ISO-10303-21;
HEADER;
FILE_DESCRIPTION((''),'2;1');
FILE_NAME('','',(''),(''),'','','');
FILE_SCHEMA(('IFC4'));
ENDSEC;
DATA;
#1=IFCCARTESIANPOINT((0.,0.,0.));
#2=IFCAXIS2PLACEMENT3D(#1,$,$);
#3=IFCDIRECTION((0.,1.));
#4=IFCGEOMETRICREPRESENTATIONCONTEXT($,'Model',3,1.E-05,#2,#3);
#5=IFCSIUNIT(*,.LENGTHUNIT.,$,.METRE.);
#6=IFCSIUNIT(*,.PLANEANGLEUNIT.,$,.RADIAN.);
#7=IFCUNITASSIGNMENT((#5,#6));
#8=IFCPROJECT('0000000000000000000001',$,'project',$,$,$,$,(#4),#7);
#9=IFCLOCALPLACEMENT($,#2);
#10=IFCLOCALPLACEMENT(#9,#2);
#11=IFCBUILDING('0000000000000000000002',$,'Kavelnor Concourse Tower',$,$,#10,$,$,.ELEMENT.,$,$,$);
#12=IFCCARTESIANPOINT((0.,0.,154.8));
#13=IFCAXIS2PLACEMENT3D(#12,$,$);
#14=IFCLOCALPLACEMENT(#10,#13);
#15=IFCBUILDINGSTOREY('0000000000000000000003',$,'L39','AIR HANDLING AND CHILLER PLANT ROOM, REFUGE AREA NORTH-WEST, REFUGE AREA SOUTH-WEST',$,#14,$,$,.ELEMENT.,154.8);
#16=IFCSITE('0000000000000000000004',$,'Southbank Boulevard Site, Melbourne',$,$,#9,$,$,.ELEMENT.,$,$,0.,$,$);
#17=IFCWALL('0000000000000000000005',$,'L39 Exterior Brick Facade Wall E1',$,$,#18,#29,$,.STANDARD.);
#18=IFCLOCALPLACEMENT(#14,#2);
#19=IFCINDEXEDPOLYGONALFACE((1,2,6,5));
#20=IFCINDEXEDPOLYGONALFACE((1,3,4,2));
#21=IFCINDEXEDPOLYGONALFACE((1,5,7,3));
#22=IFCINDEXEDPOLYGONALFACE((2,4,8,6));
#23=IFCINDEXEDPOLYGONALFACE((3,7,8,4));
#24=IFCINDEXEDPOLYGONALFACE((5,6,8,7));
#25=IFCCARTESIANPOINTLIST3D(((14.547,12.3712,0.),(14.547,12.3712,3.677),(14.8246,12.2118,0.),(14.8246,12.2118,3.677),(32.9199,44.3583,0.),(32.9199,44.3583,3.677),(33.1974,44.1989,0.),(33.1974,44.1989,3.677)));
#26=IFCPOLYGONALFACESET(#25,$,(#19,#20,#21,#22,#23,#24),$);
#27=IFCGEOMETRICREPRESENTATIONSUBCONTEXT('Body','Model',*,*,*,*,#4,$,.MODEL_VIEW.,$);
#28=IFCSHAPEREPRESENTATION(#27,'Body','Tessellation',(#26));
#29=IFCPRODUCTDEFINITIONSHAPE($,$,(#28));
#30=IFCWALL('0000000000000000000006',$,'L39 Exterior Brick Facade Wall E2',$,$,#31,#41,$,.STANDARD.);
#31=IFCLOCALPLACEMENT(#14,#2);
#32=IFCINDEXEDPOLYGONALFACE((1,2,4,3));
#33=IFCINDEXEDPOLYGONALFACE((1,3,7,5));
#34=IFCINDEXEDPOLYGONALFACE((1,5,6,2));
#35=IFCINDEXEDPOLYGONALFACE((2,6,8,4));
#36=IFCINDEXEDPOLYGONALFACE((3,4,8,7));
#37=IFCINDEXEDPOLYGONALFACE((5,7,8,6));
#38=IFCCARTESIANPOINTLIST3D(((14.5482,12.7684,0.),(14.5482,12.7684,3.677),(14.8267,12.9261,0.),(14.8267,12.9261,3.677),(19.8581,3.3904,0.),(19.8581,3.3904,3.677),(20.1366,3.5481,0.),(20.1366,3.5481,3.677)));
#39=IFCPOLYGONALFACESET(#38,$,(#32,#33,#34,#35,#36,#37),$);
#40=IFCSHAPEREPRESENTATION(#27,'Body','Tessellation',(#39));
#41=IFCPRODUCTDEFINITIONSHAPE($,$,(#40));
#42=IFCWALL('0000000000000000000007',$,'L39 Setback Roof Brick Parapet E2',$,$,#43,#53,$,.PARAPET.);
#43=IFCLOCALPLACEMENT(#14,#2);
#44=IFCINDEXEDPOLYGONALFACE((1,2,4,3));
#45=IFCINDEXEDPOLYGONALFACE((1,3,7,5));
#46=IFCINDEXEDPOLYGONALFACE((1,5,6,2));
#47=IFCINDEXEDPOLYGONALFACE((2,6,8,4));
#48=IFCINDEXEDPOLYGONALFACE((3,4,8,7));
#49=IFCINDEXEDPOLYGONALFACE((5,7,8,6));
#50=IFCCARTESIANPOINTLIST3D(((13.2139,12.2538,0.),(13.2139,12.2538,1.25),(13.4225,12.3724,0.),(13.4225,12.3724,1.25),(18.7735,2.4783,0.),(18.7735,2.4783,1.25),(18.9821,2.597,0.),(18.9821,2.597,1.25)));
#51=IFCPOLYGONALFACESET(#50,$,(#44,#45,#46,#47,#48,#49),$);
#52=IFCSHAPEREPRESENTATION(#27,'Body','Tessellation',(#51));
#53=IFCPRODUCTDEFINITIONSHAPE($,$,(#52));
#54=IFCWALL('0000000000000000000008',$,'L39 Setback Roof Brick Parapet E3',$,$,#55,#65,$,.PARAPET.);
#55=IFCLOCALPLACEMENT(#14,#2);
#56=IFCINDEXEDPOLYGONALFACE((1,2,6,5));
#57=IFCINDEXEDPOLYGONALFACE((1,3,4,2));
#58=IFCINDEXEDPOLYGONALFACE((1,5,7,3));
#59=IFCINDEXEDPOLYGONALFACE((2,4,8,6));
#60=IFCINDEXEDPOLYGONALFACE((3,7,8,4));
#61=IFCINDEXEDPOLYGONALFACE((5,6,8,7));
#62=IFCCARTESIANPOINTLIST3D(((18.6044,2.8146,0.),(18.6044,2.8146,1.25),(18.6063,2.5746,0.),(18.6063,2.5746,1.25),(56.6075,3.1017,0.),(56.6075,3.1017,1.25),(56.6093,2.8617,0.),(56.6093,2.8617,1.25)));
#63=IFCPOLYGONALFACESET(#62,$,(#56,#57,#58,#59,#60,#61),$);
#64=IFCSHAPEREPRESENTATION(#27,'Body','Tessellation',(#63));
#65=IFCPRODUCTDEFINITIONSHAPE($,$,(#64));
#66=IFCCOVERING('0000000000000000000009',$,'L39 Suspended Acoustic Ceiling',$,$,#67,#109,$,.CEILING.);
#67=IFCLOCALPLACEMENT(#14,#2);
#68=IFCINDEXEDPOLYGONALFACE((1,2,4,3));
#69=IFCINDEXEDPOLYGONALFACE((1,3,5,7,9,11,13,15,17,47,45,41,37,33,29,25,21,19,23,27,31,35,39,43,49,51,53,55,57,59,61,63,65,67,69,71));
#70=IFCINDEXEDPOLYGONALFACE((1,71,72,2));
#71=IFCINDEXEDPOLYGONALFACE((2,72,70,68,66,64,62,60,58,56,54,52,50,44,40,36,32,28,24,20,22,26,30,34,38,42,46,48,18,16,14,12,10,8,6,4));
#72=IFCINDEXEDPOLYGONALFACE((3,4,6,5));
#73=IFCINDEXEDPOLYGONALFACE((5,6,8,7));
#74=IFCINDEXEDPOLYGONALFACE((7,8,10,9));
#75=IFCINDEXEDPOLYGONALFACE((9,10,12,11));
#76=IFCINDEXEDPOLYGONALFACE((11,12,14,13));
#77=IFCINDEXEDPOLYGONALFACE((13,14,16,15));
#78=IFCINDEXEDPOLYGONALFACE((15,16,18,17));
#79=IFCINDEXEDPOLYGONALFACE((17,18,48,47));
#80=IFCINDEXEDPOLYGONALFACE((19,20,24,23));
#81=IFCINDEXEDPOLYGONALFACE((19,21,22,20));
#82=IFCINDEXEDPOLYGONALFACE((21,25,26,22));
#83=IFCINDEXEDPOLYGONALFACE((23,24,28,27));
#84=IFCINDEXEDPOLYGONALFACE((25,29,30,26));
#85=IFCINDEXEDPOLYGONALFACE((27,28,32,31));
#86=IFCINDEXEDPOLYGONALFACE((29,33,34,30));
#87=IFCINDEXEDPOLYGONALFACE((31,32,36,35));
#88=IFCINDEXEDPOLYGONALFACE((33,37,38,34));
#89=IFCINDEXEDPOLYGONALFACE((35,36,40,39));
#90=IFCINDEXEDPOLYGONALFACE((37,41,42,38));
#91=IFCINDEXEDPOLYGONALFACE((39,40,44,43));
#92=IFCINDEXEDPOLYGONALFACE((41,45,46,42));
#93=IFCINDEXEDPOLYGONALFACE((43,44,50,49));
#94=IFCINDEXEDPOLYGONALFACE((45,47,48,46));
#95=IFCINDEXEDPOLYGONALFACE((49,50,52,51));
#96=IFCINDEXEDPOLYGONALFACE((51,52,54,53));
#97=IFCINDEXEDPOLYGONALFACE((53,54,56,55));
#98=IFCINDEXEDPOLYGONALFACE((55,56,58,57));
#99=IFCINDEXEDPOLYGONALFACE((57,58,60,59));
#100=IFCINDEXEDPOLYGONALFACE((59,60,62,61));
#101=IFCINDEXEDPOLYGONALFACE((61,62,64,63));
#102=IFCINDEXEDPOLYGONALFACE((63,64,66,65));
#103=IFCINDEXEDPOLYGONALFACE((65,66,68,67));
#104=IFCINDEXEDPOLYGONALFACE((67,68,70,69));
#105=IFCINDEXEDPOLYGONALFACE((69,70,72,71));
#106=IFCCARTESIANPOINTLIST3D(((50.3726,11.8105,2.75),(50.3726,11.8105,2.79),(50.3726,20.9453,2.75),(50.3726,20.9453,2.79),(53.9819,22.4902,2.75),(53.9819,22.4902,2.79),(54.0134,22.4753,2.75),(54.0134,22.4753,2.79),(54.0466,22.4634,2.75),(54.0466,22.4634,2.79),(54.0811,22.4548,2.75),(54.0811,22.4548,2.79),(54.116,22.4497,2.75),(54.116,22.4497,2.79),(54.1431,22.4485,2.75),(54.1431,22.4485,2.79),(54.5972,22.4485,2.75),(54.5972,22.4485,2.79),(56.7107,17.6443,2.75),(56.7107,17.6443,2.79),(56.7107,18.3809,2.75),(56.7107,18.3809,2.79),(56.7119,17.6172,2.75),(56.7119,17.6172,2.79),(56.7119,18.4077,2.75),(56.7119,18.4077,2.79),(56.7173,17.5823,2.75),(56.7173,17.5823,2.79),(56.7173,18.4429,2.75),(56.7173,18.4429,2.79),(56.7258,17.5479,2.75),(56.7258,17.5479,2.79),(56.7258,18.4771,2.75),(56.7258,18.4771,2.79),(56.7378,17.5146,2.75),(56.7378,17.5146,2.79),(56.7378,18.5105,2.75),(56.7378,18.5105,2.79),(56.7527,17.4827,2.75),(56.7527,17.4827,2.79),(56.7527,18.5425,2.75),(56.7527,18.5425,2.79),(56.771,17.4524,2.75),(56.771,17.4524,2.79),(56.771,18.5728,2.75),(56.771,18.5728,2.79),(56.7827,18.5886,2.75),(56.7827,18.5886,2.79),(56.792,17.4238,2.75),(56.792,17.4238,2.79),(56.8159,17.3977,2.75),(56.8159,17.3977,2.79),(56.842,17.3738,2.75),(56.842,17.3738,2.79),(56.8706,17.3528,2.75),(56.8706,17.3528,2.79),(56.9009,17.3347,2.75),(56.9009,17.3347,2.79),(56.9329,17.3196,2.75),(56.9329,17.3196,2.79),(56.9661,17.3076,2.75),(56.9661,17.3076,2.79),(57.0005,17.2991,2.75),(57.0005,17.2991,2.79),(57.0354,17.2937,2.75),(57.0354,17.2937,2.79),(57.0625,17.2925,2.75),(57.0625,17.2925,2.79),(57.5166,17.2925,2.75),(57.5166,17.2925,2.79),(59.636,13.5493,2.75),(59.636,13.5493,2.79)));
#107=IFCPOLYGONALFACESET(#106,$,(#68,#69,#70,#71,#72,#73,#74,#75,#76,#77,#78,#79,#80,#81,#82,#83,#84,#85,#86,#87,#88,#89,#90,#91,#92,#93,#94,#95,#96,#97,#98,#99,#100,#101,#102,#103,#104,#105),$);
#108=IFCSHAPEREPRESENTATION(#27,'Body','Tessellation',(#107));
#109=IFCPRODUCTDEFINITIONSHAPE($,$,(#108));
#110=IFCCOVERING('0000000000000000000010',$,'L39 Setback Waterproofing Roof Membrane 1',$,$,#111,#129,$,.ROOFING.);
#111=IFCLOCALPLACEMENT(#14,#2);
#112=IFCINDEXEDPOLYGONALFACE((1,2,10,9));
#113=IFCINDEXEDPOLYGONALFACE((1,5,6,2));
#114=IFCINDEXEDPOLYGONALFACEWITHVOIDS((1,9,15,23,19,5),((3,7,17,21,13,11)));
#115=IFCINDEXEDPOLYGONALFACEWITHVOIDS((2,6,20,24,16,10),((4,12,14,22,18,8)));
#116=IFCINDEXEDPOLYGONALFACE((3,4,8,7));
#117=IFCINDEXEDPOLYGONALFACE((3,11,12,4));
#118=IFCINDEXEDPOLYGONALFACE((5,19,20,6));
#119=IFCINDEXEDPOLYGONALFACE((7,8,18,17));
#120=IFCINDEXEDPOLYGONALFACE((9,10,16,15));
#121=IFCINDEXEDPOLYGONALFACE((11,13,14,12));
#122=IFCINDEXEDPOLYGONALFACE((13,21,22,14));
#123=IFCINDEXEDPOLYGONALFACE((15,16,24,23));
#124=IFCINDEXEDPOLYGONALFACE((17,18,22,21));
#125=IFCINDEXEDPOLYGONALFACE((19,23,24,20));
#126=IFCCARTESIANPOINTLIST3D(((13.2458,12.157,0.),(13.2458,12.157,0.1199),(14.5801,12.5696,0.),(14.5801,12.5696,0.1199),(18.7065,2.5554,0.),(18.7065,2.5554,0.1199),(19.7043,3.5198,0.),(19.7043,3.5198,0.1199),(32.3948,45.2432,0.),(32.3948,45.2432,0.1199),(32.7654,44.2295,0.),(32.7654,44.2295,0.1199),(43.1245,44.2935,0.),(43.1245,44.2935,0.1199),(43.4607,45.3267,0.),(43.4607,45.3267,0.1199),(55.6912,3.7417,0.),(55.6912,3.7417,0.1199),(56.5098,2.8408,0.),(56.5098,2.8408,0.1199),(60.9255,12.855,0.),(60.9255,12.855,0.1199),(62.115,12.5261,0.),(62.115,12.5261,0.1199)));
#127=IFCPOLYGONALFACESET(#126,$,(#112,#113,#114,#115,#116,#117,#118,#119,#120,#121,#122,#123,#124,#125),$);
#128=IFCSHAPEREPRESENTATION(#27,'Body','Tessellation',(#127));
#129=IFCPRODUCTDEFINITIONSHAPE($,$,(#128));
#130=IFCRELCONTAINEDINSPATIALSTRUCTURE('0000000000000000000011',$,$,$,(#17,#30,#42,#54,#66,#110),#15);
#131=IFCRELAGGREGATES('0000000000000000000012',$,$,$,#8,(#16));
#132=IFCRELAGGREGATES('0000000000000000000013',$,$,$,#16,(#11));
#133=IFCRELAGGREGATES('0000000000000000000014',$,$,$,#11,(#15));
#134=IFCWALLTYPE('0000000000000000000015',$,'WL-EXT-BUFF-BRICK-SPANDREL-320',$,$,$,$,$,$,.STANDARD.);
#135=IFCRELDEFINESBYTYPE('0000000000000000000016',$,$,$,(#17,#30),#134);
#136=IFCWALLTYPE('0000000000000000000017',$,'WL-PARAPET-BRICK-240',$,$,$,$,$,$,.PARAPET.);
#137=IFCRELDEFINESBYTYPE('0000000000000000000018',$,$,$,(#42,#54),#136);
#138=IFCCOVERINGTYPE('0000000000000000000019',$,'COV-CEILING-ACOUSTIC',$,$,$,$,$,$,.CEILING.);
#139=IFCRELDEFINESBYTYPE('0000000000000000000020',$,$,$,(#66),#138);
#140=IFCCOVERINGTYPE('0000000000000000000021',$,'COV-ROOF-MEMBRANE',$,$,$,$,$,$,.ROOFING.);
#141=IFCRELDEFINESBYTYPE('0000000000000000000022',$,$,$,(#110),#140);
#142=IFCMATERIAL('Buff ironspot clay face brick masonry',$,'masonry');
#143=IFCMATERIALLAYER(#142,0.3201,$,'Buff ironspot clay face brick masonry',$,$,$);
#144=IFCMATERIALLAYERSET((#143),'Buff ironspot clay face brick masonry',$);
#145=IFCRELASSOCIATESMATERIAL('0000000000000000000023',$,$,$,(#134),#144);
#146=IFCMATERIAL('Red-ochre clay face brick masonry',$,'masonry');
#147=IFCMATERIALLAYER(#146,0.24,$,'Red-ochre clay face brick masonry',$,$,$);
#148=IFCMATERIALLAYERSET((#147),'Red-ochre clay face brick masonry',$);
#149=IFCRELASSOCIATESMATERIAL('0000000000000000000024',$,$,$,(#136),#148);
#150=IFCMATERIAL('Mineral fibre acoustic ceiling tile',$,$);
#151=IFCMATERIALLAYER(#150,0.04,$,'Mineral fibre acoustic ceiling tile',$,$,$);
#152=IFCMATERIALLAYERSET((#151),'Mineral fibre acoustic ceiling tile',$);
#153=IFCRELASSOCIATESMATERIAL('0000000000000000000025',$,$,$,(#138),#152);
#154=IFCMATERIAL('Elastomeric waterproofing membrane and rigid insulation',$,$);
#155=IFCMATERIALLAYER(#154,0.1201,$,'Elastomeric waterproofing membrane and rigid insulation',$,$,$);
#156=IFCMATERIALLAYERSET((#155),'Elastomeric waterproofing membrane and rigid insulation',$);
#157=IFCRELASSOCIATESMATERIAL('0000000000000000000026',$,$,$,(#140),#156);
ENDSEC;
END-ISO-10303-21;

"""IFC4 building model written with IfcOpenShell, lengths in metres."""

from ifc_helpers import new_model, si_unit, direction, frame, frame_2d, origin, place, context, subcontext, project, spatial, polyline, rectangle, outline, extrude, material, layer, layer_set, type_object, element, save


model = new_model("IFC4")

# Units and contexts
model_context = context("Model", 3, precision=1e-05, world=origin(), true_north=direction((0.0, 1.0)))
body_context = subcontext(model_context, "Body", "Model", "MODEL_VIEW")
ifc_project = project(units=[si_unit("LENGTHUNIT", "METRE"), si_unit("PLANEANGLEUNIT", "RADIAN")], contexts=[model_context])

# Site, building, storey
site_placement = place(None, origin())
site = spatial("IfcSite", under=ifc_project, at=site_placement, Name="Southbank Boulevard Site, Melbourne", CompositionType="ELEMENT", RefElevation=0.0)
building_placement = place(site_placement, origin())
building = spatial("IfcBuilding", under=site, at=building_placement, Name="Kavelnor Concourse Tower", CompositionType="ELEMENT")
storey_placement = place(building_placement, frame((0.0, 0.0, 154.8)))
storey = spatial("IfcBuildingStorey", under=building, at=storey_placement, Name="L39", Description="AIR HANDLING AND CHILLER PLANT ROOM, REFUGE AREA NORTH-WEST, REFUGE AREA SOUTH-WEST", CompositionType="ELEMENT", Elevation=154.8)

# Walls
ifc_material_1 = material(Name="Buff ironspot clay face brick masonry", Category="masonry")
ifc_layer_1 = layer(ifc_material_1, 0.3201, Name="Buff ironspot clay face brick masonry")
ifc_layer_set_1 = layer_set([ifc_layer_1], Name="Buff ironspot clay face brick masonry")
wall_type_1 = type_object("IfcWallType", Name="WL-EXT-BUFF-BRICK-SPANDREL-320", PredefinedType="STANDARD", material=ifc_layer_set_1)
wall_1_placement = place(storey_placement, frame((14.6858, 12.2915, 0.0), z_axis=(0.0, 0.0, 1.0), x_axis=(0.498069, 0.867138, 0.0)))
element("IfcWall", 1, at=wall_1_placement, inside=storey, type_object=wall_type_1, Name="L39 Exterior Brick Facade Wall E1", PredefinedType="STANDARD", context=body_context, shape_type="SweptSolid", body=[
    extrude(rectangle(XDim=36.8882, YDim=0.3201, at=frame_2d((18.4441, 0.0))), origin(), (0.0, 0.0, 1.0), 3.677),
])
wall_2_placement = place(storey_placement, frame((19.9973, 3.4692, 0.0), z_axis=(0.0, 0.0, 1.0), x_axis=(-0.492707, 0.870195, 0.0)))
element("IfcWall", 2, at=wall_2_placement, inside=storey, type_object=wall_type_1, Name="L39 Exterior Brick Facade Wall E2", PredefinedType="STANDARD", context=body_context, shape_type="SweptSolid", body=[
    extrude(rectangle(XDim=10.7769, YDim=0.3201, at=frame_2d((5.3884, 0.0))), origin(), (0.0, 0.0, 1.0), 3.677),
])
ifc_material_2 = material(Name="Red-ochre clay face brick masonry", Category="masonry")
ifc_layer_2 = layer(ifc_material_2, 0.24, Name="Red-ochre clay face brick masonry")
ifc_layer_set_2 = layer_set([ifc_layer_2], Name="Red-ochre clay face brick masonry")
wall_type_2 = type_object("IfcWallType", Name="WL-PARAPET-BRICK-240", PredefinedType="PARAPET", material=ifc_layer_set_2)
wall_3_placement = place(storey_placement, frame((13.3181, 12.3132, 0.0), z_axis=(0.0, 0.0, 1.0), x_axis=(0.49437, -0.869251, 0.0)))
element("IfcWall", 3, at=wall_3_placement, inside=storey, type_object=wall_type_2, Name="L39 Setback Roof Brick Parapet E2", PredefinedType="PARAPET", context=body_context, shape_type="SweptSolid", body=[
    extrude(rectangle(XDim=11.2458, YDim=0.24, at=frame_2d((5.623, 0.0))), origin(), (0.0, 0.0, 1.0), 1.25),
])
wall_4_placement = place(storey_placement, frame((18.6055, 2.6946, 0.0), z_axis=(0.0, 0.0, 1.0), x_axis=(0.999971, 0.007555, 0.0)))
element("IfcWall", 4, at=wall_4_placement, inside=storey, type_object=wall_type_2, Name="L39 Setback Roof Brick Parapet E3", PredefinedType="PARAPET", context=body_context, shape_type="SweptSolid", body=[
    extrude(rectangle(XDim=38.0042, YDim=0.24, at=frame_2d((19.002, 0.0))), origin(), (0.0, 0.0, 1.0), 1.25),
])

# Coverings
ifc_material_3 = material(Name="Mineral fibre acoustic ceiling tile")
ifc_layer_3 = layer(ifc_material_3, 0.04, Name="Mineral fibre acoustic ceiling tile")
ifc_layer_set_3 = layer_set([ifc_layer_3], Name="Mineral fibre acoustic ceiling tile")
covering_type_1 = type_object("IfcCoveringType", Name="COV-CEILING-ACOUSTIC", PredefinedType="CEILING", material=ifc_layer_set_3)
covering_1_placement = place(storey_placement, frame((0.0, 0.0, 2.75)))
element("IfcCovering", 5, at=covering_1_placement, inside=storey, type_object=covering_type_1, Name="L39 Suspended Acoustic Ceiling", PredefinedType="CEILING", context=body_context, shape_type="SweptSolid", body=[
    extrude(outline(polyline([(54.0134, 22.4753), (54.0466, 22.4634), (54.0811, 22.4548), (54.116, 22.4497), (54.1431, 22.4485), (54.5972, 22.4485), (56.7827, 18.5886), (56.771, 18.5728), (56.7527, 18.5425), (56.7378, 18.5105), (56.7258, 18.4771), (56.7173, 18.4429), (56.7119, 18.4077), (56.7107, 18.3809), (56.7107, 17.6443), (56.7119, 17.6172), (56.7173, 17.5823), (56.7258, 17.5479), (56.7378, 17.5146), (56.7527, 17.4827), (56.771, 17.4524), (56.792, 17.4238), (56.8159, 17.3977), (56.842, 17.3738), (56.8706, 17.3528), (56.9009, 17.3347), (56.9329, 17.3196), (56.9661, 17.3076), (57.0005, 17.2991), (57.0354, 17.2937), (57.0625, 17.2925), (57.5166, 17.2925), (59.636, 13.5493), (50.3726, 11.8105), (50.3726, 20.9453), (53.9819, 22.4902), (54.0134, 22.4753)])), origin(), (0.0, 0.0, 1.0), 0.04),
])
ifc_material_4 = material(Name="Elastomeric waterproofing membrane and rigid insulation")
ifc_layer_4 = layer(ifc_material_4, 0.1201, Name="Elastomeric waterproofing membrane and rigid insulation")
ifc_layer_set_4 = layer_set([ifc_layer_4], Name="Elastomeric waterproofing membrane and rigid insulation")
covering_type_2 = type_object("IfcCoveringType", Name="COV-ROOF-MEMBRANE", PredefinedType="ROOFING", material=ifc_layer_set_4)
covering_2_placement = place(storey_placement, origin())
element("IfcCovering", 6, at=covering_2_placement, inside=storey, type_object=covering_type_2, Name="L39 Setback Waterproofing Roof Membrane 1", PredefinedType="ROOFING", context=body_context, shape_type="SweptSolid", body=[
    extrude(outline(polyline([(62.115, 12.5261), (56.5098, 2.8408), (18.7065, 2.5554), (13.2458, 12.157), (32.3948, 45.2432), (43.4607, 45.3267), (62.115, 12.5261)]), holes=[polyline([(32.7654, 44.2295), (14.5801, 12.5696), (19.7043, 3.5198), (55.6912, 3.7417), (60.9255, 12.855), (43.1245, 44.2935), (32.7654, 44.2295)])]), origin(), (0.0, 0.0, 1.0), 0.1199),
])

save(model, "model.ifc")
